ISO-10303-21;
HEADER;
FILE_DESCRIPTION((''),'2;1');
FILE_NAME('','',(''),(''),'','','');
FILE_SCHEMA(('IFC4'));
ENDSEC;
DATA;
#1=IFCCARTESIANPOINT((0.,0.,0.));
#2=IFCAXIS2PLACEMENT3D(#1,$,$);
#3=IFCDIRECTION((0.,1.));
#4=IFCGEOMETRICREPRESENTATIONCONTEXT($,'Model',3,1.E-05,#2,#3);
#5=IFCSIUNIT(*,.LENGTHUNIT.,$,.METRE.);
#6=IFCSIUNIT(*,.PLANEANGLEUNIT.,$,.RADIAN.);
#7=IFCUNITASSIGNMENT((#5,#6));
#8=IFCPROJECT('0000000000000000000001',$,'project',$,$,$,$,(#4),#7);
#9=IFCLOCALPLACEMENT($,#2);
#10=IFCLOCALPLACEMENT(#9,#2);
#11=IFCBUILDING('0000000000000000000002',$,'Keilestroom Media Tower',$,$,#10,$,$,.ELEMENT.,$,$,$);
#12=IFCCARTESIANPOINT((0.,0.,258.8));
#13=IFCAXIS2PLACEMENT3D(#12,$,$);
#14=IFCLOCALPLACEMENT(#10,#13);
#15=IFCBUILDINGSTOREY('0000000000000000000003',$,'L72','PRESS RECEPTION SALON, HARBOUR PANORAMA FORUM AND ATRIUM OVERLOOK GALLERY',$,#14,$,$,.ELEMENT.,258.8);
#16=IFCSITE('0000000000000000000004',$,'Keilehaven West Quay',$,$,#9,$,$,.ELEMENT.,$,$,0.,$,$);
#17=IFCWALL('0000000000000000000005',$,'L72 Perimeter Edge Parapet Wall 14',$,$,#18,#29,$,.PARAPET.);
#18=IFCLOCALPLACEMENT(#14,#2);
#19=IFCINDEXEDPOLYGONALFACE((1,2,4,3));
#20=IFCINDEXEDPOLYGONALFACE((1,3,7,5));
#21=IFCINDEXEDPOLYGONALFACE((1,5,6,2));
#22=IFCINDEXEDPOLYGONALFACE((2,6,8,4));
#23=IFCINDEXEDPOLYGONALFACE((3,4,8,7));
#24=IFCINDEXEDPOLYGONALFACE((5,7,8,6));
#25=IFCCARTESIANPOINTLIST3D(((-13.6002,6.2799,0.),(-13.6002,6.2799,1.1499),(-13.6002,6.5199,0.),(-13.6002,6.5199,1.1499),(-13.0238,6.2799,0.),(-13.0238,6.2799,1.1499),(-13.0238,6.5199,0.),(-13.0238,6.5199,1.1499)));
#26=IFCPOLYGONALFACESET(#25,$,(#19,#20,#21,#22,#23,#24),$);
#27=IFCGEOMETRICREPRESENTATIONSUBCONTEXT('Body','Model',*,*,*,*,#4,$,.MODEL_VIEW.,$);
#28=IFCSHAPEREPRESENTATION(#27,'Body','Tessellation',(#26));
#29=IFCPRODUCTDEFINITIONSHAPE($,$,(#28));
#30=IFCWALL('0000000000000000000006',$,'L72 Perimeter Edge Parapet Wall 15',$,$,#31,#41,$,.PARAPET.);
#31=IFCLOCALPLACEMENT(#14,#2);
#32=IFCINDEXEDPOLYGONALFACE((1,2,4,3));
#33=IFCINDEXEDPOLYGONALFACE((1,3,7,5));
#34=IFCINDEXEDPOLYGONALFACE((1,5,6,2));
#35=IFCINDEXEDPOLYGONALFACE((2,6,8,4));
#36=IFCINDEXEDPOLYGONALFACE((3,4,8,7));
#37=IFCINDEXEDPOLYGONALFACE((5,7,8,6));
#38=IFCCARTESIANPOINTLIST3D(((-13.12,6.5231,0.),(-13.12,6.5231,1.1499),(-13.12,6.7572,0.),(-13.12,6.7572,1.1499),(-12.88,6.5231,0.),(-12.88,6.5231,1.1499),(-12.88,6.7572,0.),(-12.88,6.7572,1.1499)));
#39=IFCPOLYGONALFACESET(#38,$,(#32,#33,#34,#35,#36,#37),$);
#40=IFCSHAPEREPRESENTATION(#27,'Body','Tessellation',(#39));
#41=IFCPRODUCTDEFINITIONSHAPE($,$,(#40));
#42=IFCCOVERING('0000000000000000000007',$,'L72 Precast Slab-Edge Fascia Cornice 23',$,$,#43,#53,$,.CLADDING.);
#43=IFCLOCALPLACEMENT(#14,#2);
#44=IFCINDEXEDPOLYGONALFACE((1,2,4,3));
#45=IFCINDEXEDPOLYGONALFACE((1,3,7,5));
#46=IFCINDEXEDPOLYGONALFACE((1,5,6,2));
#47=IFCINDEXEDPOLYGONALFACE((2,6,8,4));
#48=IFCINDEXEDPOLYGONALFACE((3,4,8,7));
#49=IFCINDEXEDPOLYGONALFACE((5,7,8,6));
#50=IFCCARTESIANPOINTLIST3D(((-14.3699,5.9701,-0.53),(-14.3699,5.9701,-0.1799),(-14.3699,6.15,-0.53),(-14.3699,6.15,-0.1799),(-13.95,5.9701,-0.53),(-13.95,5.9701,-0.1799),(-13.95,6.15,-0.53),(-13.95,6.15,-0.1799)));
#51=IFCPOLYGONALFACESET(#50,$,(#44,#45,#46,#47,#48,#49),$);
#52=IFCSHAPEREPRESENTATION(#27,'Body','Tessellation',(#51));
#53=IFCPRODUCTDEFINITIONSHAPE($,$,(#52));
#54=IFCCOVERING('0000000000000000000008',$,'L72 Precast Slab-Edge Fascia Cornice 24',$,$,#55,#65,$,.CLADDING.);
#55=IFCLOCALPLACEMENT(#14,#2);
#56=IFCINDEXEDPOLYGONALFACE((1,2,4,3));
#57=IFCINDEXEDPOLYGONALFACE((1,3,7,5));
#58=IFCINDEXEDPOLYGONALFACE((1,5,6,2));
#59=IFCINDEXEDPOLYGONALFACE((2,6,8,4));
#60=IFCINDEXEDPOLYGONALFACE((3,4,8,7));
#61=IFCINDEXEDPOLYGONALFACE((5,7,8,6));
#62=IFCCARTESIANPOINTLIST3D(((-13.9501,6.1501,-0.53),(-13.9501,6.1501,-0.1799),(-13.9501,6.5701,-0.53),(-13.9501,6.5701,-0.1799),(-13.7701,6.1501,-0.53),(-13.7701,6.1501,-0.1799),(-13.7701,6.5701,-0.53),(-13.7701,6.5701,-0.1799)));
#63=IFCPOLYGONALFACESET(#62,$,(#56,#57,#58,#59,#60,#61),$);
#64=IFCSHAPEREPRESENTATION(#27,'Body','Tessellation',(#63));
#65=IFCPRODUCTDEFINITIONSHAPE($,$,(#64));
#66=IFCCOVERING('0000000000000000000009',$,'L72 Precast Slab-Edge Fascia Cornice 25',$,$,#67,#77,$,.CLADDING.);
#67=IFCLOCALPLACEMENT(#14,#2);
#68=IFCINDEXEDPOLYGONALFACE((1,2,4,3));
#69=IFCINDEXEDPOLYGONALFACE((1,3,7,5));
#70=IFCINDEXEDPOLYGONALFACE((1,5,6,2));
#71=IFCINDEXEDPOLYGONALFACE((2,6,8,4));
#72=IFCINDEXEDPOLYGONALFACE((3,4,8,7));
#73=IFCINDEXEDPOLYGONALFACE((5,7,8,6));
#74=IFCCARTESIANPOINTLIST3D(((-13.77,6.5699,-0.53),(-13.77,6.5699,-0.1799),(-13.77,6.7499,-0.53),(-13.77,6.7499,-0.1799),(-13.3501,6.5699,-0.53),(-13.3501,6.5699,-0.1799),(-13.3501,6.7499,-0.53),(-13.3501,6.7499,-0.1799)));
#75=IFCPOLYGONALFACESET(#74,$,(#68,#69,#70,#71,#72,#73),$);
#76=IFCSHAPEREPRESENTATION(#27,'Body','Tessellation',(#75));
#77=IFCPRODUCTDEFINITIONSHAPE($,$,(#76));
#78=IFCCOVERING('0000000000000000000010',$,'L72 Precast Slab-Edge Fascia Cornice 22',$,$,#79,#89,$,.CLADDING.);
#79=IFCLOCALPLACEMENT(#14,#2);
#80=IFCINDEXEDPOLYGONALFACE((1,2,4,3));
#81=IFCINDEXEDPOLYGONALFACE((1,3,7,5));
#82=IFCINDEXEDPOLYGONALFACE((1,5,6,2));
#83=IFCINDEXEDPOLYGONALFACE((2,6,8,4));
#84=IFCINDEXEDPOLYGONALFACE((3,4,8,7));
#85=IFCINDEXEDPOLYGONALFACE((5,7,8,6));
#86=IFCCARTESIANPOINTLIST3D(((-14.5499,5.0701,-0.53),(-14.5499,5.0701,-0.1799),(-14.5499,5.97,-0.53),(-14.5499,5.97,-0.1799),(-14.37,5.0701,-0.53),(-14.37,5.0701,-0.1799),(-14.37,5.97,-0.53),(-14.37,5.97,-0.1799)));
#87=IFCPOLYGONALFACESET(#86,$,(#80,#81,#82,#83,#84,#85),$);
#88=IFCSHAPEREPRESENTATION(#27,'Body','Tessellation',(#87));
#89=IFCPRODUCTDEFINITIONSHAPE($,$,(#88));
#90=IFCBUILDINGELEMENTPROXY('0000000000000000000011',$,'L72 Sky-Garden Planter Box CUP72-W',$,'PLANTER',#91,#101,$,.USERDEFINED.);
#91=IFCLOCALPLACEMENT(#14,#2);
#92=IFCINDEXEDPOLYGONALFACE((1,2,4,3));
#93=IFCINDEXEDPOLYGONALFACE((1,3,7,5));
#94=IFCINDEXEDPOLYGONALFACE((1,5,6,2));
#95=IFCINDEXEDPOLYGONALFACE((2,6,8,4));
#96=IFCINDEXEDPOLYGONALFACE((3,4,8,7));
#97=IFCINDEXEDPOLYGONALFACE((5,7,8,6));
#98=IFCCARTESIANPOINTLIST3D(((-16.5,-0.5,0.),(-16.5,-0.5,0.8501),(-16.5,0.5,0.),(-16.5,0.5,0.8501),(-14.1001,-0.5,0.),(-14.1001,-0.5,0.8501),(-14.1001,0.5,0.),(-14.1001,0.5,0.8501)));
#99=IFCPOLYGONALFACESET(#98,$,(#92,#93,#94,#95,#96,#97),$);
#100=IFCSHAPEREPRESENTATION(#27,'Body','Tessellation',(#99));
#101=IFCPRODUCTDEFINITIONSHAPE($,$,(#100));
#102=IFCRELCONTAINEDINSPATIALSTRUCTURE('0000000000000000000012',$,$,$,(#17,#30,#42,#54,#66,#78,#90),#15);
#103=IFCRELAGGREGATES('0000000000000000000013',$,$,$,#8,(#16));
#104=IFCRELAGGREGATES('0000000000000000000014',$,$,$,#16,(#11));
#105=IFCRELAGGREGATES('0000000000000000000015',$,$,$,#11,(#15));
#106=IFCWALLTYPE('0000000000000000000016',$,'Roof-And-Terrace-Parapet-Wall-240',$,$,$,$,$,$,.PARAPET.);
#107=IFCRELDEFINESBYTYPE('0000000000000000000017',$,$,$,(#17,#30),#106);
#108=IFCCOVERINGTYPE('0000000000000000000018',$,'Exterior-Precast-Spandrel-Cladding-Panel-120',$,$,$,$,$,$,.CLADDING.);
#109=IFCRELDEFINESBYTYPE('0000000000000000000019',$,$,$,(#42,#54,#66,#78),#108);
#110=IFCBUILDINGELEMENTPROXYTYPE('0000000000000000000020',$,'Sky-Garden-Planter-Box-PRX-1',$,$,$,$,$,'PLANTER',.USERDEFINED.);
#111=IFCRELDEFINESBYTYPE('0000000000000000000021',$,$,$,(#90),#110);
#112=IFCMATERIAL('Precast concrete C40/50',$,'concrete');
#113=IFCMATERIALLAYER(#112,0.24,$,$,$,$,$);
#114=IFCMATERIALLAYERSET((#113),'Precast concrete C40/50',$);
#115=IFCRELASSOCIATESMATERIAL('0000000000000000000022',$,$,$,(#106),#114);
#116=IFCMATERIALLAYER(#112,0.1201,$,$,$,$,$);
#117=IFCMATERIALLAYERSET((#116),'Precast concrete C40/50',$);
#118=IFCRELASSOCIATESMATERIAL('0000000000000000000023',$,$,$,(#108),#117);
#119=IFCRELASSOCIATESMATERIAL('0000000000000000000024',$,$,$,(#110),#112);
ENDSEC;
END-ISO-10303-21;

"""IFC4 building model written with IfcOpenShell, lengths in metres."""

from ifc_helpers import new_model, si_unit, direction, frame, frame_2d, origin, origin_2d, place, context, subcontext, project, spatial, rectangle, extrude, source, transform, mapped, material, layer, layer_set, type_object, element, save


model = new_model("IFC4")

# Units and contexts
model_context = context("Model", 3, precision=1e-05, world=origin(), true_north=direction((0.0, 1.0)))
body_context = subcontext(model_context, "Body", "Model", "MODEL_VIEW")
ifc_project = project(units=[si_unit("LENGTHUNIT", "METRE"), si_unit("PLANEANGLEUNIT", "RADIAN")], contexts=[model_context])

# Site, building, storey
site_placement = place(None, origin())
site = spatial("IfcSite", under=ifc_project, at=site_placement, Name="Keilehaven West Quay", CompositionType="ELEMENT", RefElevation=0.0)
building_placement = place(site_placement, origin())
building = spatial("IfcBuilding", under=site, at=building_placement, Name="Keilestroom Media Tower", CompositionType="ELEMENT")
storey_placement = place(building_placement, frame((0.0, 0.0, 258.8)))
storey = spatial("IfcBuildingStorey", under=building, at=storey_placement, Name="L72", Description="PRESS RECEPTION SALON, HARBOUR PANORAMA FORUM AND ATRIUM OVERLOOK GALLERY", CompositionType="ELEMENT", Elevation=258.8)

# Shared definitions
ifc_material_1 = material(Name="Precast concrete C40/50", Category="concrete")

# Walls
ifc_layer_1 = layer(ifc_material_1, 0.24)
ifc_layer_set_1 = layer_set([ifc_layer_1], Name="Precast concrete C40/50")
wall_type_1 = type_object("IfcWallType", Name="Roof-And-Terrace-Parapet-Wall-240", PredefinedType="PARAPET", material=ifc_layer_set_1)
wall_1_placement = place(storey_placement, frame((-13.6001, 6.3999, 0.0), z_axis=(0.0, 0.0, 1.0), x_axis=(1.0, 0.0, 0.0)))
element("IfcWall", 1, at=wall_1_placement, inside=storey, type_object=wall_type_1, Name="L72 Perimeter Edge Parapet Wall 14", PredefinedType="PARAPET", context=body_context, shape_type="SweptSolid", body=[
    extrude(rectangle(XDim=0.5764, YDim=0.24, at=frame_2d((0.2881, 0.0))), origin(), (0.0, 0.0, 1.0), 1.1499),
])
wall_2_placement = place(storey_placement, frame((-13.0, 6.5229, 0.0), z_axis=(0.0, 0.0, 1.0), x_axis=(0.0, 1.0, 0.0)))
element("IfcWall", 2, at=wall_2_placement, inside=storey, type_object=wall_type_1, Name="L72 Perimeter Edge Parapet Wall 15", PredefinedType="PARAPET", context=body_context, shape_type="SweptSolid", body=[
    extrude(rectangle(XDim=0.2341, YDim=0.24, at=frame_2d((0.1172, 0.0))), origin(), (0.0, 0.0, 1.0), 1.1499),
])

# Coverings
ifc_layer_2 = layer(ifc_material_1, 0.1201)
ifc_layer_set_2 = layer_set([ifc_layer_2], Name="Precast concrete C40/50")
covering_type = type_object("IfcCoveringType", Name="Exterior-Precast-Spandrel-Cladding-Panel-120", PredefinedType="CLADDING", material=ifc_layer_set_2)
shared_shape_1 = source(origin(), body_context, "Body", "SweptSolid", [
    extrude(rectangle(XDim=0.4199, YDim=0.1799, at=origin_2d()), origin(), (0.0, 0.0, 1.0), 0.3501),
])
for number, where, z_axis, x_axis, name in (
    (3, (-14.1599, 6.0601, -0.53), (0.0, 0.0, 1.0), (1.0, 0.0, 0.0), "L72 Precast Slab-Edge Fascia Cornice 23"),
    (4, (-13.8601, 6.3601, -0.53), (0.0, 0.0, 1.0), (0.0, 1.0, 0.0), "L72 Precast Slab-Edge Fascia Cornice 24"),
    (5, (-13.5601, 6.6599, -0.53), (0.0, 0.0, 1.0), (1.0, 0.0, 0.0), "L72 Precast Slab-Edge Fascia Cornice 25"),
):
    element("IfcCovering", number, at=place(storey_placement, frame(where, z_axis=z_axis, x_axis=x_axis)), inside=storey, type_object=covering_type, Name=name, PredefinedType="CLADDING", context=body_context, shape_type="MappedRepresentation", body=[
        mapped(shared_shape_1, transform((0.0, 0.0, 0.0), x_axis=(1.0, 0.0, 0.0), y_axis=(0.0, 1.0, 0.0), z_axis=(0.0, 0.0, 1.0), scale=1.0)),
    ])
shared_shape_2 = source(origin(), body_context, "Body", "SweptSolid", [
    extrude(rectangle(XDim=0.8999, YDim=0.1799, at=origin_2d()), origin(), (0.0, 0.0, 1.0), 0.3501),
])
covering_placement = place(storey_placement, frame((-14.46, 5.52, -0.53), z_axis=(0.0, 0.0, 1.0), x_axis=(0.0, 1.0, 0.0)))
element("IfcCovering", 6, at=covering_placement, inside=storey, type_object=covering_type, Name="L72 Precast Slab-Edge Fascia Cornice 22", PredefinedType="CLADDING", context=body_context, shape_type="MappedRepresentation", body=[
    mapped(shared_shape_2, transform((0.0, 0.0, 0.0), x_axis=(1.0, 0.0, 0.0), y_axis=(0.0, 1.0, 0.0), z_axis=(0.0, 0.0, 1.0), scale=1.0)),
])

# Building element proxy
building_element_proxy_type = type_object("IfcBuildingElementProxyType", Name="Sky-Garden-Planter-Box-PRX-1", ElementType="PLANTER", PredefinedType="USERDEFINED", material=ifc_material_1)
shared_shape_3 = source(origin(), body_context, "Body", "SweptSolid", [
    extrude(rectangle(XDim=2.3999, YDim=1.0, at=origin_2d()), origin(), (0.0, 0.0, 1.0), 0.8501),
])
proxy_placement = place(storey_placement, frame((-15.3, 0.0, 0.0), z_axis=(0.0, 0.0, 1.0), x_axis=(1.0, 0.0, 0.0)))
element("IfcBuildingElementProxy", 7, at=proxy_placement, inside=storey, type_object=building_element_proxy_type, Name="L72 Sky-Garden Planter Box CUP72-W", ObjectType="PLANTER", PredefinedType="USERDEFINED", context=body_context, shape_type="MappedRepresentation", body=[
    mapped(shared_shape_3, transform((0.0, 0.0, 0.0), x_axis=(1.0, 0.0, 0.0), y_axis=(0.0, 1.0, 0.0), z_axis=(0.0, 0.0, 1.0), scale=1.0)),
])

save(model, "model.ifc")
